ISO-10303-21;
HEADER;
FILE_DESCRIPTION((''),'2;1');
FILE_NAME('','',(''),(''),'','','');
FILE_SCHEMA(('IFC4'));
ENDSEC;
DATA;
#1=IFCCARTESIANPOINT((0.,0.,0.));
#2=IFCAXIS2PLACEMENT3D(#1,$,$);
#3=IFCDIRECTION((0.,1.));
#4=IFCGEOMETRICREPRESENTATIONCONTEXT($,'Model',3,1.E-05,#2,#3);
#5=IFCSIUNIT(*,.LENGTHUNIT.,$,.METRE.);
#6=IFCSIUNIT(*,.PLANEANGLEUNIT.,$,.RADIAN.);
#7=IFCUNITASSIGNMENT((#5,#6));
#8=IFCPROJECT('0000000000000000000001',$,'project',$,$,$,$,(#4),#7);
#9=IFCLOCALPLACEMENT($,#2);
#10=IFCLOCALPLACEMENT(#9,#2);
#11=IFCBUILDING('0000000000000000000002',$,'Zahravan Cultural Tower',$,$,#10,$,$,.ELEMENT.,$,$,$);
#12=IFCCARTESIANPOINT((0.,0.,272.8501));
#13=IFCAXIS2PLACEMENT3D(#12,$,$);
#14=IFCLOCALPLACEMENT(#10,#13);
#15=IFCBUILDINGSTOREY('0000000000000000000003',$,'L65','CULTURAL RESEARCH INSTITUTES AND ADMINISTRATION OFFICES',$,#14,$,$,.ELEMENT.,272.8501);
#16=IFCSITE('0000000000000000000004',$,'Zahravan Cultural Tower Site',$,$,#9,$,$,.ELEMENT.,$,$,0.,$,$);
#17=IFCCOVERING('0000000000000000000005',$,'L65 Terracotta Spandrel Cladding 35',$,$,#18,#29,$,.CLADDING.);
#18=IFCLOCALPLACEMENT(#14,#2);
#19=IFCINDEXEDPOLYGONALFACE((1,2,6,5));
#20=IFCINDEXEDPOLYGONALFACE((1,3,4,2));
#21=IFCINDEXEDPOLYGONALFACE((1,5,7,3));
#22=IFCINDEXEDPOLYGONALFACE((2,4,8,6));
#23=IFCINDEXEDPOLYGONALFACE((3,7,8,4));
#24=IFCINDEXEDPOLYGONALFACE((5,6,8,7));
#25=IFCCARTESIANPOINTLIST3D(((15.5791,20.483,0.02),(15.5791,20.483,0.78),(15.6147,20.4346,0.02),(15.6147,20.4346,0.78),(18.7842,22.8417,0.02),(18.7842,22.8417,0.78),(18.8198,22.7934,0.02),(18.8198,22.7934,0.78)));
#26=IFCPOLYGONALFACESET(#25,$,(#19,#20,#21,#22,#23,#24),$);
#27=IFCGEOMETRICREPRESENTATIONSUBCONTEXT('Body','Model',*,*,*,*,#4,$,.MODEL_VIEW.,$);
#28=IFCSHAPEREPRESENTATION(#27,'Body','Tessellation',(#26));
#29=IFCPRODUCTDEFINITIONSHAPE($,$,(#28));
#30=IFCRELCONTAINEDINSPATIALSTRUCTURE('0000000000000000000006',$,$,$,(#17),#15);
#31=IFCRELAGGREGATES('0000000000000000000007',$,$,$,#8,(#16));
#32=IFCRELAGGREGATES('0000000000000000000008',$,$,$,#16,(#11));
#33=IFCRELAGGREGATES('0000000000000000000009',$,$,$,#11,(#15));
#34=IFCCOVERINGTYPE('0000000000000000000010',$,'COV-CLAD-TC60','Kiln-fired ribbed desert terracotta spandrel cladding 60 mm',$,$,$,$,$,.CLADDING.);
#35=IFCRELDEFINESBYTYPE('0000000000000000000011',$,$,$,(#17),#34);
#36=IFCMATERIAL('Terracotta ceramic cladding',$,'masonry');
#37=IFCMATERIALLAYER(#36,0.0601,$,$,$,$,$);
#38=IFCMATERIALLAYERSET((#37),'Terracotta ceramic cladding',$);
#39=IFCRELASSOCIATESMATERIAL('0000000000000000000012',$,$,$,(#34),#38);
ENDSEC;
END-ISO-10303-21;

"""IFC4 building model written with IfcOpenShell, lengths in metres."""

from ifc_helpers import new_model, si_unit, direction, frame, origin, origin_2d, place, context, subcontext, project, spatial, rectangle, extrude, source, transform, mapped, material, layer, layer_set, type_object, element, save


model = new_model("IFC4")

# Units and contexts
model_context = context("Model", 3, precision=1e-05, world=origin(), true_north=direction((0.0, 1.0)))
body_context = subcontext(model_context, "Body", "Model", "MODEL_VIEW")
ifc_project = project(units=[si_unit("LENGTHUNIT", "METRE"), si_unit("PLANEANGLEUNIT", "RADIAN")], contexts=[model_context])

# Site, building, storey
site_placement = place(None, origin())
site = spatial("IfcSite", under=ifc_project, at=site_placement, Name="Zahravan Cultural Tower Site", CompositionType="ELEMENT", RefElevation=0.0)
building_placement = place(site_placement, origin())
building = spatial("IfcBuilding", under=site, at=building_placement, Name="Zahravan Cultural Tower", CompositionType="ELEMENT")
storey_placement = place(building_placement, frame((0.0, 0.0, 272.8501)))
storey = spatial("IfcBuildingStorey", under=building, at=storey_placement, Name="L65", Description="CULTURAL RESEARCH INSTITUTES AND ADMINISTRATION OFFICES", CompositionType="ELEMENT", Elevation=272.8501)

# Covering
ifc_material_1 = material(Name="Terracotta ceramic cladding", Category="masonry")
ifc_layer_1 = layer(ifc_material_1, 0.0601)
ifc_layer_set_1 = layer_set([ifc_layer_1], Name="Terracotta ceramic cladding")
covering_type = type_object("IfcCoveringType", Name="COV-CLAD-TC60", Description="Kiln-fired ribbed desert terracotta spandrel cladding 60 mm", PredefinedType="CLADDING", material=ifc_layer_set_1)
shared_shape_1 = source(origin(), body_context, "Body", "SweptSolid", [
    extrude(rectangle(XDim=3.9795, YDim=0.0601, at=origin_2d()), origin(), (0.0, 0.0, 1.0), 0.76),
])
covering_placement = place(storey_placement, frame((17.1995, 21.6382, 0.02), z_axis=(0.0, 0.0, 1.0), x_axis=(0.805411, 0.592716, 0.0)))
element("IfcCovering", 1, at=covering_placement, inside=storey, type_object=covering_type, Name="L65 Terracotta Spandrel Cladding 35", PredefinedType="CLADDING", context=body_context, shape_type="MappedRepresentation", body=[
    mapped(shared_shape_1, transform((0.0, 0.0, 0.0), x_axis=(1.0, 0.0, 0.0), y_axis=(0.0, 1.0, 0.0), z_axis=(0.0, 0.0, 1.0), scale=1.0)),
])

save(model, "model.ifc")
